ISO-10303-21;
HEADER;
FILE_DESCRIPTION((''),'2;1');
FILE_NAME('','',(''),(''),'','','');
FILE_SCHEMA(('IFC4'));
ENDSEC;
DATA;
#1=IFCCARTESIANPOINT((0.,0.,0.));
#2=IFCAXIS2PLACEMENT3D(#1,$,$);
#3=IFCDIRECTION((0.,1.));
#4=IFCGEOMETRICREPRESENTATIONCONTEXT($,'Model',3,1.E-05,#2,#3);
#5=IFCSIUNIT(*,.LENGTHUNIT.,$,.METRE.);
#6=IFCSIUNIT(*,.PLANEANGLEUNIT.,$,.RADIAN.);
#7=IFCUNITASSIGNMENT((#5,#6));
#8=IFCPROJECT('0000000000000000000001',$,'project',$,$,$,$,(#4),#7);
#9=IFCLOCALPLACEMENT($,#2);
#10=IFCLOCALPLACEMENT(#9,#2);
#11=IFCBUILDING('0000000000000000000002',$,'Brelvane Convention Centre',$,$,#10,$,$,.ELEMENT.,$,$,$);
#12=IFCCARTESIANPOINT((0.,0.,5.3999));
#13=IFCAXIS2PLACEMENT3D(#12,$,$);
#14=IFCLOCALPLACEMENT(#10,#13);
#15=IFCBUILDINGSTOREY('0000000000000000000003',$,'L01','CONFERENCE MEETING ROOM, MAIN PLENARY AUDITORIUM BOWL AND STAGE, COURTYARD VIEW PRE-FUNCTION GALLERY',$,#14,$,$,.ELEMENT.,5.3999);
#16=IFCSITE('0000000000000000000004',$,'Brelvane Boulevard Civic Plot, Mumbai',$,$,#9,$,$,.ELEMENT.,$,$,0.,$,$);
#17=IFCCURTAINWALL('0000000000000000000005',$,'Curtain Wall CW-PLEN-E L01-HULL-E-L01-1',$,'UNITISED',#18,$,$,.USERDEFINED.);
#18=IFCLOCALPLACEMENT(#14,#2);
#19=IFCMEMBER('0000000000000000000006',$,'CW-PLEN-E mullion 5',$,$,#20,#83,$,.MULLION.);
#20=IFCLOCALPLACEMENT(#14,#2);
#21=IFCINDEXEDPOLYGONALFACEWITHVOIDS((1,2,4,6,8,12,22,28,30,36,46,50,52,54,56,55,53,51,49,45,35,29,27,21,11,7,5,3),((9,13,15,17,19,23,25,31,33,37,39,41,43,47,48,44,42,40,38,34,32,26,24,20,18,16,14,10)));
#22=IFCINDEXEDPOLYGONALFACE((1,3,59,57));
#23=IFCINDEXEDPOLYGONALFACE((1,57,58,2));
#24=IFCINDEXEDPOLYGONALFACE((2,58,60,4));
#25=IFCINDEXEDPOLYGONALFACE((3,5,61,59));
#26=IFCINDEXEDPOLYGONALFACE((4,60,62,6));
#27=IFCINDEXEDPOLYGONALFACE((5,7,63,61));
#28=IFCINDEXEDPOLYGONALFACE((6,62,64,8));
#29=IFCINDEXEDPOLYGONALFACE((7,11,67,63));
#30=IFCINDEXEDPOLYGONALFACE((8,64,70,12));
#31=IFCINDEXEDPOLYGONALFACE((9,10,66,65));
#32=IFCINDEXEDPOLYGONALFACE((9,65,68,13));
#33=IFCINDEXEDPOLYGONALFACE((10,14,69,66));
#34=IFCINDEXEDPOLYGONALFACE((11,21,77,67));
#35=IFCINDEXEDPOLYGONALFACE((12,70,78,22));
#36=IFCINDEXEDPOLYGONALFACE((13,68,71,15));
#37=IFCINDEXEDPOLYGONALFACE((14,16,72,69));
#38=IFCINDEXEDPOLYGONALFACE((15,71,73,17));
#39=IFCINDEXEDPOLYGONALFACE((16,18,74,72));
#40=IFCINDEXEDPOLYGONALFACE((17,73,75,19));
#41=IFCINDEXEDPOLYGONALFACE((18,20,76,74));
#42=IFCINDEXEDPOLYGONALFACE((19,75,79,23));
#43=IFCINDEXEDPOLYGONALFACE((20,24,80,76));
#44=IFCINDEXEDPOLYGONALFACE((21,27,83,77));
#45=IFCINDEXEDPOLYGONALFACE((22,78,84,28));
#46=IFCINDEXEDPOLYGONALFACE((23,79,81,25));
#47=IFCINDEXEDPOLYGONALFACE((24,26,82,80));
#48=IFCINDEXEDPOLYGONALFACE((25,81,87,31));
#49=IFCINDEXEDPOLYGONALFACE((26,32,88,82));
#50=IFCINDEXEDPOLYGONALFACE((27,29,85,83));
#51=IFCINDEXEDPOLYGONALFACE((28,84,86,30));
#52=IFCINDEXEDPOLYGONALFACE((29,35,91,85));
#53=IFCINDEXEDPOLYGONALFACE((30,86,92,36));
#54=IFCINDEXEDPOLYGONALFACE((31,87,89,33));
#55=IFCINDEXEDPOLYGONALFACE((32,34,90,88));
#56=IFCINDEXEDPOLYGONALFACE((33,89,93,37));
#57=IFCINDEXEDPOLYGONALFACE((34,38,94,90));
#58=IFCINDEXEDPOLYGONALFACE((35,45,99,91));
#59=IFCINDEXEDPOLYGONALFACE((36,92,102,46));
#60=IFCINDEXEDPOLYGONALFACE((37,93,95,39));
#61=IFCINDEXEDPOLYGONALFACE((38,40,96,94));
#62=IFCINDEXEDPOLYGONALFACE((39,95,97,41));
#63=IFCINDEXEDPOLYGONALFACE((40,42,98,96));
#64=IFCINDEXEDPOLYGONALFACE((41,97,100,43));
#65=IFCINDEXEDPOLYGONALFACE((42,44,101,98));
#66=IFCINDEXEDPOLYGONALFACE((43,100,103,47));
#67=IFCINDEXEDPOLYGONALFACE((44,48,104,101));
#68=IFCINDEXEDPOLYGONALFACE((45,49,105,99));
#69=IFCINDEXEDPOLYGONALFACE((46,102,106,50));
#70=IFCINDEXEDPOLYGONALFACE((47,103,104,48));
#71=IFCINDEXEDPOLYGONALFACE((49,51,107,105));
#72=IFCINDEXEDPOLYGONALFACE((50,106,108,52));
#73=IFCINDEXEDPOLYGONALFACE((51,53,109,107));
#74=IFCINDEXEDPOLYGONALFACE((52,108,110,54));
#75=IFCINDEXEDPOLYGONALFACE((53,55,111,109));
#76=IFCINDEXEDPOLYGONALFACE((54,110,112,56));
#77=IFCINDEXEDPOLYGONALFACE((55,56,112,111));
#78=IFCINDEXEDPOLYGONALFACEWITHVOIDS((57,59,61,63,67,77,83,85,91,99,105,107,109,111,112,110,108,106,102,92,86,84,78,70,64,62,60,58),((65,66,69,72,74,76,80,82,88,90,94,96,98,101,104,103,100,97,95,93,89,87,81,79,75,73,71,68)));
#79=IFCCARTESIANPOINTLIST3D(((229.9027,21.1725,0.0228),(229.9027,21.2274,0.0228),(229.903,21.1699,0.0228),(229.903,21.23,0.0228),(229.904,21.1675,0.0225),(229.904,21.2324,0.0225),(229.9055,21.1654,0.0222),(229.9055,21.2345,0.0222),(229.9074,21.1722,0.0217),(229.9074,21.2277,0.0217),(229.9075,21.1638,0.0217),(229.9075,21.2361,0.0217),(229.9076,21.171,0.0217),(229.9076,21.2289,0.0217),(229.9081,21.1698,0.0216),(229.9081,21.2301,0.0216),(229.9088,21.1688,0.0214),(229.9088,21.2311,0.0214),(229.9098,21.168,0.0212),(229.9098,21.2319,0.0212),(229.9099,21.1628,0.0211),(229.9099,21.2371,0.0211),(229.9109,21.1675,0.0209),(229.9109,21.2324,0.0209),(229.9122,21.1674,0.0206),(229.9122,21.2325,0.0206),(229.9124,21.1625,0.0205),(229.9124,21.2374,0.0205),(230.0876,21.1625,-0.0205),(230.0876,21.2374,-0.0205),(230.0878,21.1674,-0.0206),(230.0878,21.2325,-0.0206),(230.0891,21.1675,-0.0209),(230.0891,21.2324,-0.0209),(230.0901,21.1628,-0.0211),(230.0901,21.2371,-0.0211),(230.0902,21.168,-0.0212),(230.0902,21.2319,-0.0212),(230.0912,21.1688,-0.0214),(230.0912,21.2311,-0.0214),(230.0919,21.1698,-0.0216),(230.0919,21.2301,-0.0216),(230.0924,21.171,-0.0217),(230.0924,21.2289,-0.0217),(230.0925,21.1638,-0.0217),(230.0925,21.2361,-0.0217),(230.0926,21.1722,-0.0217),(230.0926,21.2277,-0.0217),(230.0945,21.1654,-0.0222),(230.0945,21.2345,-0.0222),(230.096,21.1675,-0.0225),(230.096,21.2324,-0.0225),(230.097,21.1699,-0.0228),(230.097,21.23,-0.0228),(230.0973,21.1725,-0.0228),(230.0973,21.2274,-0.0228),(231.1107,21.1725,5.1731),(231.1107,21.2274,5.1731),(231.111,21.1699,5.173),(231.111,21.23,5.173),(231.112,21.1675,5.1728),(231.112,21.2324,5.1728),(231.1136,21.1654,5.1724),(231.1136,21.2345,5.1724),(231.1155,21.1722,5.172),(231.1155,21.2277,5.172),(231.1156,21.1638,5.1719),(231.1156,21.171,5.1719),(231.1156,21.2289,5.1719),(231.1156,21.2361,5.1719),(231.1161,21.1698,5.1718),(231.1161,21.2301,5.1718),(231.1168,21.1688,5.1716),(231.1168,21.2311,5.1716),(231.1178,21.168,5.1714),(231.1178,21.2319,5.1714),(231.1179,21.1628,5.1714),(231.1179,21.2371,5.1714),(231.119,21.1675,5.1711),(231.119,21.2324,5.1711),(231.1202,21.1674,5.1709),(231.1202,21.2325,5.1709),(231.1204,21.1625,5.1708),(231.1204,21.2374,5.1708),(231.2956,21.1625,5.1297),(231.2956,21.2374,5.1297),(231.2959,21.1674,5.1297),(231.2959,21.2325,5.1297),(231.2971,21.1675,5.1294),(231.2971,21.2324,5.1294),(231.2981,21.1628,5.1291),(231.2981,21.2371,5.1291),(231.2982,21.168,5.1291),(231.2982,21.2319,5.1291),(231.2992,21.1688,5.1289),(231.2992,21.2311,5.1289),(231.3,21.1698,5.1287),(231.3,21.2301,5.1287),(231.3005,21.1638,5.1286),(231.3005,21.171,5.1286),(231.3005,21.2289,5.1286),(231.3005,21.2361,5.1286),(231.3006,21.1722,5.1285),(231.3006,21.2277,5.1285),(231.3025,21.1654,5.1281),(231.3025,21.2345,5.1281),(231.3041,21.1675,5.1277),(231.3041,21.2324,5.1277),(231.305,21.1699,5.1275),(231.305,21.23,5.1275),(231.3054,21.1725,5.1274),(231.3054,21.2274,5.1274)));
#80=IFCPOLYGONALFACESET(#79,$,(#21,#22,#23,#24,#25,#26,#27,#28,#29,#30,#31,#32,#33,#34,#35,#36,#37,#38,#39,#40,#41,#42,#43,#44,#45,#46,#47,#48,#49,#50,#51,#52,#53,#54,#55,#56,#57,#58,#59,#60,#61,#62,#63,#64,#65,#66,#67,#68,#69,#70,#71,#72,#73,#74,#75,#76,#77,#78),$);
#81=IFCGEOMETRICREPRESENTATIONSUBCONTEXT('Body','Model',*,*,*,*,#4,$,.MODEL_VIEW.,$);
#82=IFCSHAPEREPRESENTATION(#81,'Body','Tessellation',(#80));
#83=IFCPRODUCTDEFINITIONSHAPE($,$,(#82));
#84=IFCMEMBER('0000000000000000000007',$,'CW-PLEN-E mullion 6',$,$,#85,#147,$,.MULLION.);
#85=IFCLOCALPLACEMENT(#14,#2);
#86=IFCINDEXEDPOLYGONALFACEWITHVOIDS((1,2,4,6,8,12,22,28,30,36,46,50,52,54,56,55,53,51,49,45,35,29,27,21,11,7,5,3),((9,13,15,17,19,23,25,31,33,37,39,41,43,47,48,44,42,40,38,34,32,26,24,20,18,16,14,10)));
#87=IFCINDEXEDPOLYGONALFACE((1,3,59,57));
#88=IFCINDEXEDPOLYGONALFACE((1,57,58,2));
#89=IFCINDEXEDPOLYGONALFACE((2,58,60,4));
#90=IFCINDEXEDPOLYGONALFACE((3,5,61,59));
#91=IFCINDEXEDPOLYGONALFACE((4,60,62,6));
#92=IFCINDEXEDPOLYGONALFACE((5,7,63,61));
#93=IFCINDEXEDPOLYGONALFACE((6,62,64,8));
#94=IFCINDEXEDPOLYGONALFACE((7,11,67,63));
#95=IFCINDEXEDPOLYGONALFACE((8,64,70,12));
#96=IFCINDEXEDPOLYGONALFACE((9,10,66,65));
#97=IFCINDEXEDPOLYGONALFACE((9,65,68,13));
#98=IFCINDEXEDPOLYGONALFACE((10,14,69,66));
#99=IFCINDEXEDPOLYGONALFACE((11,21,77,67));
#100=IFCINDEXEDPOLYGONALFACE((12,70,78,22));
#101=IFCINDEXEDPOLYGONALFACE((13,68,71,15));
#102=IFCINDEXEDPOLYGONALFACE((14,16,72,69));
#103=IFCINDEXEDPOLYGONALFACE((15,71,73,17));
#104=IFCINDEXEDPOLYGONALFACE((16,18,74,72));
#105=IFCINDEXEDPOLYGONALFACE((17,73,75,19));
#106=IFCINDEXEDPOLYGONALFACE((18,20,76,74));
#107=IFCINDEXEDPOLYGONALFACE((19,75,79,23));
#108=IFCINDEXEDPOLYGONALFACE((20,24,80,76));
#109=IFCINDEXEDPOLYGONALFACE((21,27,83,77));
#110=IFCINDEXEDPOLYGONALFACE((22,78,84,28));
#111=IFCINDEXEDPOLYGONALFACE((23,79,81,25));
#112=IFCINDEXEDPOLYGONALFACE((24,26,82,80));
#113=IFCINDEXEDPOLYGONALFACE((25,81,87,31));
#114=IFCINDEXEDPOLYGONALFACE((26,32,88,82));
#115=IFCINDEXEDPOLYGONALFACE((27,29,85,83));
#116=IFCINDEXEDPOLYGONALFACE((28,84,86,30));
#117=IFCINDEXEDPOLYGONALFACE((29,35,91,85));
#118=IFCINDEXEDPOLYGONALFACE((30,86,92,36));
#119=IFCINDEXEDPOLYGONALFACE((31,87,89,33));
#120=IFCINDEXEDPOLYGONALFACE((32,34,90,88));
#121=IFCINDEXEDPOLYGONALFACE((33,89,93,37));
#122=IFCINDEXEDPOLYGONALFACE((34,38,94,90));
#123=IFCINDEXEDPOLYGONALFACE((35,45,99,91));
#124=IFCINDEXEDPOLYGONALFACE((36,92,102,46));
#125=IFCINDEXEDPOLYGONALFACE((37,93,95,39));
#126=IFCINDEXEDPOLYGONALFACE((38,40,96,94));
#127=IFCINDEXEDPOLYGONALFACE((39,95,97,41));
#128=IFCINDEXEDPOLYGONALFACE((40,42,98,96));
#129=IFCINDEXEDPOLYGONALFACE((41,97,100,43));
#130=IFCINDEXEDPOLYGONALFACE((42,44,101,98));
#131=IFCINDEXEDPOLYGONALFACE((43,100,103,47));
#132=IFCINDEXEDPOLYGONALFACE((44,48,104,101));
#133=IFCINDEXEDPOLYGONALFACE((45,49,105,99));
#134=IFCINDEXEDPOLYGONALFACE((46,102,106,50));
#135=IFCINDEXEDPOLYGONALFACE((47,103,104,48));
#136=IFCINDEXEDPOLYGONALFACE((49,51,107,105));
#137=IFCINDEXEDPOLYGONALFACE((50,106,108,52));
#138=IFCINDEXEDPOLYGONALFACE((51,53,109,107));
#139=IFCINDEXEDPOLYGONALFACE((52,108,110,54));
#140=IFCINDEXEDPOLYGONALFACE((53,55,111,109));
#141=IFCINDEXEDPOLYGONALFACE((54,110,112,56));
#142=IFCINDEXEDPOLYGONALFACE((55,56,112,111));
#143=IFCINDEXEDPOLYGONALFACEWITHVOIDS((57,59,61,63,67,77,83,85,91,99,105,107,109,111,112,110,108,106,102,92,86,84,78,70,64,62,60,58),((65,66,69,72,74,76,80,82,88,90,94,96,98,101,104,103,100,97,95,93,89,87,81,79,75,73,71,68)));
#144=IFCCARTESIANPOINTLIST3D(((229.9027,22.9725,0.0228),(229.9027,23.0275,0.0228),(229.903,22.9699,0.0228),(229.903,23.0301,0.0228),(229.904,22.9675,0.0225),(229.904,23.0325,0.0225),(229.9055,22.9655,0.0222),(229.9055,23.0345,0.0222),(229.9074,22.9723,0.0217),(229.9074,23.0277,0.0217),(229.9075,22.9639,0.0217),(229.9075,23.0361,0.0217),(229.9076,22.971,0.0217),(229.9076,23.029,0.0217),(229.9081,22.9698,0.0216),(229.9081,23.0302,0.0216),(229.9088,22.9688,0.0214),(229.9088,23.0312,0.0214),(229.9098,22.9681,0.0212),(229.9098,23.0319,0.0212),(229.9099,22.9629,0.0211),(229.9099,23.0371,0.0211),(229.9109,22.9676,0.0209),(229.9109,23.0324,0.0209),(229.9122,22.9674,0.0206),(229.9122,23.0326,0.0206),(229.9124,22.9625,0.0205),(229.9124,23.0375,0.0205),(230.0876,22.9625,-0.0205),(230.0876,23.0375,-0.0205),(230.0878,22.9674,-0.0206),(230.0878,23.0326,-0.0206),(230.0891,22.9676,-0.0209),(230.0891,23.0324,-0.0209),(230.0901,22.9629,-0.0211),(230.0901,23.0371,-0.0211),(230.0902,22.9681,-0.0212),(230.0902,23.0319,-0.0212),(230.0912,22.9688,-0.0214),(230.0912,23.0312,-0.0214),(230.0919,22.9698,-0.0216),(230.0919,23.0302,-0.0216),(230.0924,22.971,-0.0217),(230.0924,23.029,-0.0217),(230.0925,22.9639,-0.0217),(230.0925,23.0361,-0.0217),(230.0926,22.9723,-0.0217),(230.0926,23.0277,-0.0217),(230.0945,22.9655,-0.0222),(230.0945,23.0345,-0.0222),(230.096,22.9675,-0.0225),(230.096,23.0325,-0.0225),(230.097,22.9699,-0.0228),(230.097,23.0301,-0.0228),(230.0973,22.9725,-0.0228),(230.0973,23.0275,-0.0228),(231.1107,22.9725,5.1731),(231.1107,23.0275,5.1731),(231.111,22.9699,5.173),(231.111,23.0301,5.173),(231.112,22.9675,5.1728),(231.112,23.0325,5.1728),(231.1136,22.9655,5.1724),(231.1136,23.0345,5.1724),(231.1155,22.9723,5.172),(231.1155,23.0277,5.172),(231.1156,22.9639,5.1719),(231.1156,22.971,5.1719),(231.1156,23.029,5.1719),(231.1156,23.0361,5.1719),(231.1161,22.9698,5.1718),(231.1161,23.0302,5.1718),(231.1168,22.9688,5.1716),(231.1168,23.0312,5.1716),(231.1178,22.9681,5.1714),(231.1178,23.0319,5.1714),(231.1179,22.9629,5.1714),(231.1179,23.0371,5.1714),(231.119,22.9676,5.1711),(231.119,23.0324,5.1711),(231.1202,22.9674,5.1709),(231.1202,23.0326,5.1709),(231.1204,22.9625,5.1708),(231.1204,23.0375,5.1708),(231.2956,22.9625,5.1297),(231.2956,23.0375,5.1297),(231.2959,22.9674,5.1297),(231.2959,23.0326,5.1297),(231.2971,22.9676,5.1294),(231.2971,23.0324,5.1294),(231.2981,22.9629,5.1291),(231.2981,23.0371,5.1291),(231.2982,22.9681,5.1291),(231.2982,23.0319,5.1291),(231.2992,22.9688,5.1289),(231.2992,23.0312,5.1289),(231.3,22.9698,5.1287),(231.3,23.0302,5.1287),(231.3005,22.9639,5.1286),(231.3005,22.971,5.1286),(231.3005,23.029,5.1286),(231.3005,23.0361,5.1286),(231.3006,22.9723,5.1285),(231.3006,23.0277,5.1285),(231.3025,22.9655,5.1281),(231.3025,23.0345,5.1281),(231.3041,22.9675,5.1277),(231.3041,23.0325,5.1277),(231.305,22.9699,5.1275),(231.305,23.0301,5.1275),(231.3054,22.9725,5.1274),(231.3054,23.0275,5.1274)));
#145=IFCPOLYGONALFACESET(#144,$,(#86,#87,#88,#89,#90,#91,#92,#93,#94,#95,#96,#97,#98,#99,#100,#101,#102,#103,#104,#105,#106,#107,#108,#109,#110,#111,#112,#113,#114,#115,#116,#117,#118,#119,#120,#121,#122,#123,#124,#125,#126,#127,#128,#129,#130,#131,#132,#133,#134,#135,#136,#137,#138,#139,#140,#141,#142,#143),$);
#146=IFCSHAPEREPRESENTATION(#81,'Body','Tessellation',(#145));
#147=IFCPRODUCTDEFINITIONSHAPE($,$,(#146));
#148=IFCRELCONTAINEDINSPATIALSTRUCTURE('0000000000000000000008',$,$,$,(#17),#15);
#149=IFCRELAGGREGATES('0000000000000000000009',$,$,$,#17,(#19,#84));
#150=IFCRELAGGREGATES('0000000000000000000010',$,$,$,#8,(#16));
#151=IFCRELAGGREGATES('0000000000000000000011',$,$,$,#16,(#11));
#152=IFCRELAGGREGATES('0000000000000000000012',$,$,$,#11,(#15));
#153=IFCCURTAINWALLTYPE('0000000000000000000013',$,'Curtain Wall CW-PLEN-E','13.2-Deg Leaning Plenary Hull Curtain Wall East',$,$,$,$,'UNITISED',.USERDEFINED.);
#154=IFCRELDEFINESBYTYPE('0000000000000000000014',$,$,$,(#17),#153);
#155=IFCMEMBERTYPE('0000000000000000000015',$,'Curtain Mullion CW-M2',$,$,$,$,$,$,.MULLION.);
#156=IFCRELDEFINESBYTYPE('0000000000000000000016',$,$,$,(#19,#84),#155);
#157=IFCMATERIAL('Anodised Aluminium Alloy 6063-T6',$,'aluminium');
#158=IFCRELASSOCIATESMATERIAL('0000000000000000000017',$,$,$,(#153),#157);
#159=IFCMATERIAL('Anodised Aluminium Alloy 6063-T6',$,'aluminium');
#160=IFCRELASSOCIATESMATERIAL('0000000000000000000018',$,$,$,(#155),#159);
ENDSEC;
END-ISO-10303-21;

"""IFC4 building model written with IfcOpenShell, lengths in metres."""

from ifc_helpers import new_model, si_unit, direction, frame, origin, origin_2d, place, context, subcontext, project, spatial, hollow_rectangle, extrude, material, material_profile, profile_set, type_object, element, aggregate, save


model = new_model("IFC4")

# Units and contexts
model_context = context("Model", 3, precision=1e-05, world=origin(), true_north=direction((0.0, 1.0)))
body_context = subcontext(model_context, "Body", "Model", "MODEL_VIEW")
ifc_project = project(units=[si_unit("LENGTHUNIT", "METRE"), si_unit("PLANEANGLEUNIT", "RADIAN")], contexts=[model_context])

# Site, building, storey
site_placement = place(None, origin())
site = spatial("IfcSite", under=ifc_project, at=site_placement, Name="Brelvane Boulevard Civic Plot, Mumbai", CompositionType="ELEMENT", RefElevation=0.0)
building_placement = place(site_placement, origin())
building = spatial("IfcBuilding", under=site, at=building_placement, Name="Brelvane Convention Centre", CompositionType="ELEMENT")
storey_placement = place(building_placement, frame((0.0, 0.0, 5.3999)))
storey = spatial("IfcBuildingStorey", under=building, at=storey_placement, Name="L01", Description="CONFERENCE MEETING ROOM, MAIN PLENARY AUDITORIUM BOWL AND STAGE, COURTYARD VIEW PRE-FUNCTION GALLERY", CompositionType="ELEMENT", Elevation=5.3999)

# Curtain wall, members
ifc_material_1 = material(Name="Anodised Aluminium Alloy 6063-T6", Category="aluminium")
curtain_wall_type = type_object("IfcCurtainWallType", Name="Curtain Wall CW-PLEN-E", Description="13.2-Deg Leaning Plenary Hull Curtain Wall East", ElementType="UNITISED", PredefinedType="USERDEFINED", material=ifc_material_1)
curtain_wall_placement = place(storey_placement, origin())
curtain_wall = element("IfcCurtainWall", 1, at=curtain_wall_placement, inside=storey, type_object=curtain_wall_type, Name="Curtain Wall CW-PLEN-E L01-HULL-E-L01-1", ObjectType="UNITISED", PredefinedType="USERDEFINED")
ifc_material_2 = material(Name="Anodised Aluminium Alloy 6063-T6", Category="aluminium")
ifc_material_profile_1 = material_profile(ifc_material_2, hollow_rectangle(XDim=0.075, YDim=0.2, WallThickness=0.0049, InnerFilletRadius=0.0049, OuterFilletRadius=0.01, at=origin_2d()), Name="ALU-M 200x75x5.0")
ifc_profile_set_1 = profile_set([ifc_material_profile_1], Name="Anodised Aluminium Alloy 6063-T6")
member_type_1 = type_object("IfcMemberType", Name="Curtain Mullion CW-M2", PredefinedType="MULLION", material=ifc_profile_set_1)
member_1_placement = place(storey_placement, frame((230.0, 21.2, 0.0), z_axis=(0.22836, 0.0, 0.973577), x_axis=(0.0, 1.0, 0.0)))
member_1 = element("IfcMember", 2, at=member_1_placement, type_object=member_type_1, Name="CW-PLEN-E mullion 5", PredefinedType="MULLION", context=body_context, shape_type="SweptSolid", body=[
    extrude(hollow_rectangle(XDim=0.075, YDim=0.2, WallThickness=0.0049, InnerFilletRadius=0.0049, OuterFilletRadius=0.01, at=origin_2d()), origin(), (0.0, 0.0, 1.0), 5.29),
])
member_2_placement = place(storey_placement, frame((230.0, 23.0, 0.0), z_axis=(0.22836, 0.0, 0.973577), x_axis=(0.0, 1.0, 0.0)))
member_2 = element("IfcMember", 3, at=member_2_placement, type_object=member_type_1, Name="CW-PLEN-E mullion 6", PredefinedType="MULLION", context=body_context, shape_type="SweptSolid", body=[
    extrude(hollow_rectangle(XDim=0.075, YDim=0.2, WallThickness=0.0049, InnerFilletRadius=0.0049, OuterFilletRadius=0.01, at=origin_2d()), origin(), (0.0, 0.0, 1.0), 5.29),
])
aggregate(curtain_wall, [member_1, member_2])

save(model, "model.ifc")
